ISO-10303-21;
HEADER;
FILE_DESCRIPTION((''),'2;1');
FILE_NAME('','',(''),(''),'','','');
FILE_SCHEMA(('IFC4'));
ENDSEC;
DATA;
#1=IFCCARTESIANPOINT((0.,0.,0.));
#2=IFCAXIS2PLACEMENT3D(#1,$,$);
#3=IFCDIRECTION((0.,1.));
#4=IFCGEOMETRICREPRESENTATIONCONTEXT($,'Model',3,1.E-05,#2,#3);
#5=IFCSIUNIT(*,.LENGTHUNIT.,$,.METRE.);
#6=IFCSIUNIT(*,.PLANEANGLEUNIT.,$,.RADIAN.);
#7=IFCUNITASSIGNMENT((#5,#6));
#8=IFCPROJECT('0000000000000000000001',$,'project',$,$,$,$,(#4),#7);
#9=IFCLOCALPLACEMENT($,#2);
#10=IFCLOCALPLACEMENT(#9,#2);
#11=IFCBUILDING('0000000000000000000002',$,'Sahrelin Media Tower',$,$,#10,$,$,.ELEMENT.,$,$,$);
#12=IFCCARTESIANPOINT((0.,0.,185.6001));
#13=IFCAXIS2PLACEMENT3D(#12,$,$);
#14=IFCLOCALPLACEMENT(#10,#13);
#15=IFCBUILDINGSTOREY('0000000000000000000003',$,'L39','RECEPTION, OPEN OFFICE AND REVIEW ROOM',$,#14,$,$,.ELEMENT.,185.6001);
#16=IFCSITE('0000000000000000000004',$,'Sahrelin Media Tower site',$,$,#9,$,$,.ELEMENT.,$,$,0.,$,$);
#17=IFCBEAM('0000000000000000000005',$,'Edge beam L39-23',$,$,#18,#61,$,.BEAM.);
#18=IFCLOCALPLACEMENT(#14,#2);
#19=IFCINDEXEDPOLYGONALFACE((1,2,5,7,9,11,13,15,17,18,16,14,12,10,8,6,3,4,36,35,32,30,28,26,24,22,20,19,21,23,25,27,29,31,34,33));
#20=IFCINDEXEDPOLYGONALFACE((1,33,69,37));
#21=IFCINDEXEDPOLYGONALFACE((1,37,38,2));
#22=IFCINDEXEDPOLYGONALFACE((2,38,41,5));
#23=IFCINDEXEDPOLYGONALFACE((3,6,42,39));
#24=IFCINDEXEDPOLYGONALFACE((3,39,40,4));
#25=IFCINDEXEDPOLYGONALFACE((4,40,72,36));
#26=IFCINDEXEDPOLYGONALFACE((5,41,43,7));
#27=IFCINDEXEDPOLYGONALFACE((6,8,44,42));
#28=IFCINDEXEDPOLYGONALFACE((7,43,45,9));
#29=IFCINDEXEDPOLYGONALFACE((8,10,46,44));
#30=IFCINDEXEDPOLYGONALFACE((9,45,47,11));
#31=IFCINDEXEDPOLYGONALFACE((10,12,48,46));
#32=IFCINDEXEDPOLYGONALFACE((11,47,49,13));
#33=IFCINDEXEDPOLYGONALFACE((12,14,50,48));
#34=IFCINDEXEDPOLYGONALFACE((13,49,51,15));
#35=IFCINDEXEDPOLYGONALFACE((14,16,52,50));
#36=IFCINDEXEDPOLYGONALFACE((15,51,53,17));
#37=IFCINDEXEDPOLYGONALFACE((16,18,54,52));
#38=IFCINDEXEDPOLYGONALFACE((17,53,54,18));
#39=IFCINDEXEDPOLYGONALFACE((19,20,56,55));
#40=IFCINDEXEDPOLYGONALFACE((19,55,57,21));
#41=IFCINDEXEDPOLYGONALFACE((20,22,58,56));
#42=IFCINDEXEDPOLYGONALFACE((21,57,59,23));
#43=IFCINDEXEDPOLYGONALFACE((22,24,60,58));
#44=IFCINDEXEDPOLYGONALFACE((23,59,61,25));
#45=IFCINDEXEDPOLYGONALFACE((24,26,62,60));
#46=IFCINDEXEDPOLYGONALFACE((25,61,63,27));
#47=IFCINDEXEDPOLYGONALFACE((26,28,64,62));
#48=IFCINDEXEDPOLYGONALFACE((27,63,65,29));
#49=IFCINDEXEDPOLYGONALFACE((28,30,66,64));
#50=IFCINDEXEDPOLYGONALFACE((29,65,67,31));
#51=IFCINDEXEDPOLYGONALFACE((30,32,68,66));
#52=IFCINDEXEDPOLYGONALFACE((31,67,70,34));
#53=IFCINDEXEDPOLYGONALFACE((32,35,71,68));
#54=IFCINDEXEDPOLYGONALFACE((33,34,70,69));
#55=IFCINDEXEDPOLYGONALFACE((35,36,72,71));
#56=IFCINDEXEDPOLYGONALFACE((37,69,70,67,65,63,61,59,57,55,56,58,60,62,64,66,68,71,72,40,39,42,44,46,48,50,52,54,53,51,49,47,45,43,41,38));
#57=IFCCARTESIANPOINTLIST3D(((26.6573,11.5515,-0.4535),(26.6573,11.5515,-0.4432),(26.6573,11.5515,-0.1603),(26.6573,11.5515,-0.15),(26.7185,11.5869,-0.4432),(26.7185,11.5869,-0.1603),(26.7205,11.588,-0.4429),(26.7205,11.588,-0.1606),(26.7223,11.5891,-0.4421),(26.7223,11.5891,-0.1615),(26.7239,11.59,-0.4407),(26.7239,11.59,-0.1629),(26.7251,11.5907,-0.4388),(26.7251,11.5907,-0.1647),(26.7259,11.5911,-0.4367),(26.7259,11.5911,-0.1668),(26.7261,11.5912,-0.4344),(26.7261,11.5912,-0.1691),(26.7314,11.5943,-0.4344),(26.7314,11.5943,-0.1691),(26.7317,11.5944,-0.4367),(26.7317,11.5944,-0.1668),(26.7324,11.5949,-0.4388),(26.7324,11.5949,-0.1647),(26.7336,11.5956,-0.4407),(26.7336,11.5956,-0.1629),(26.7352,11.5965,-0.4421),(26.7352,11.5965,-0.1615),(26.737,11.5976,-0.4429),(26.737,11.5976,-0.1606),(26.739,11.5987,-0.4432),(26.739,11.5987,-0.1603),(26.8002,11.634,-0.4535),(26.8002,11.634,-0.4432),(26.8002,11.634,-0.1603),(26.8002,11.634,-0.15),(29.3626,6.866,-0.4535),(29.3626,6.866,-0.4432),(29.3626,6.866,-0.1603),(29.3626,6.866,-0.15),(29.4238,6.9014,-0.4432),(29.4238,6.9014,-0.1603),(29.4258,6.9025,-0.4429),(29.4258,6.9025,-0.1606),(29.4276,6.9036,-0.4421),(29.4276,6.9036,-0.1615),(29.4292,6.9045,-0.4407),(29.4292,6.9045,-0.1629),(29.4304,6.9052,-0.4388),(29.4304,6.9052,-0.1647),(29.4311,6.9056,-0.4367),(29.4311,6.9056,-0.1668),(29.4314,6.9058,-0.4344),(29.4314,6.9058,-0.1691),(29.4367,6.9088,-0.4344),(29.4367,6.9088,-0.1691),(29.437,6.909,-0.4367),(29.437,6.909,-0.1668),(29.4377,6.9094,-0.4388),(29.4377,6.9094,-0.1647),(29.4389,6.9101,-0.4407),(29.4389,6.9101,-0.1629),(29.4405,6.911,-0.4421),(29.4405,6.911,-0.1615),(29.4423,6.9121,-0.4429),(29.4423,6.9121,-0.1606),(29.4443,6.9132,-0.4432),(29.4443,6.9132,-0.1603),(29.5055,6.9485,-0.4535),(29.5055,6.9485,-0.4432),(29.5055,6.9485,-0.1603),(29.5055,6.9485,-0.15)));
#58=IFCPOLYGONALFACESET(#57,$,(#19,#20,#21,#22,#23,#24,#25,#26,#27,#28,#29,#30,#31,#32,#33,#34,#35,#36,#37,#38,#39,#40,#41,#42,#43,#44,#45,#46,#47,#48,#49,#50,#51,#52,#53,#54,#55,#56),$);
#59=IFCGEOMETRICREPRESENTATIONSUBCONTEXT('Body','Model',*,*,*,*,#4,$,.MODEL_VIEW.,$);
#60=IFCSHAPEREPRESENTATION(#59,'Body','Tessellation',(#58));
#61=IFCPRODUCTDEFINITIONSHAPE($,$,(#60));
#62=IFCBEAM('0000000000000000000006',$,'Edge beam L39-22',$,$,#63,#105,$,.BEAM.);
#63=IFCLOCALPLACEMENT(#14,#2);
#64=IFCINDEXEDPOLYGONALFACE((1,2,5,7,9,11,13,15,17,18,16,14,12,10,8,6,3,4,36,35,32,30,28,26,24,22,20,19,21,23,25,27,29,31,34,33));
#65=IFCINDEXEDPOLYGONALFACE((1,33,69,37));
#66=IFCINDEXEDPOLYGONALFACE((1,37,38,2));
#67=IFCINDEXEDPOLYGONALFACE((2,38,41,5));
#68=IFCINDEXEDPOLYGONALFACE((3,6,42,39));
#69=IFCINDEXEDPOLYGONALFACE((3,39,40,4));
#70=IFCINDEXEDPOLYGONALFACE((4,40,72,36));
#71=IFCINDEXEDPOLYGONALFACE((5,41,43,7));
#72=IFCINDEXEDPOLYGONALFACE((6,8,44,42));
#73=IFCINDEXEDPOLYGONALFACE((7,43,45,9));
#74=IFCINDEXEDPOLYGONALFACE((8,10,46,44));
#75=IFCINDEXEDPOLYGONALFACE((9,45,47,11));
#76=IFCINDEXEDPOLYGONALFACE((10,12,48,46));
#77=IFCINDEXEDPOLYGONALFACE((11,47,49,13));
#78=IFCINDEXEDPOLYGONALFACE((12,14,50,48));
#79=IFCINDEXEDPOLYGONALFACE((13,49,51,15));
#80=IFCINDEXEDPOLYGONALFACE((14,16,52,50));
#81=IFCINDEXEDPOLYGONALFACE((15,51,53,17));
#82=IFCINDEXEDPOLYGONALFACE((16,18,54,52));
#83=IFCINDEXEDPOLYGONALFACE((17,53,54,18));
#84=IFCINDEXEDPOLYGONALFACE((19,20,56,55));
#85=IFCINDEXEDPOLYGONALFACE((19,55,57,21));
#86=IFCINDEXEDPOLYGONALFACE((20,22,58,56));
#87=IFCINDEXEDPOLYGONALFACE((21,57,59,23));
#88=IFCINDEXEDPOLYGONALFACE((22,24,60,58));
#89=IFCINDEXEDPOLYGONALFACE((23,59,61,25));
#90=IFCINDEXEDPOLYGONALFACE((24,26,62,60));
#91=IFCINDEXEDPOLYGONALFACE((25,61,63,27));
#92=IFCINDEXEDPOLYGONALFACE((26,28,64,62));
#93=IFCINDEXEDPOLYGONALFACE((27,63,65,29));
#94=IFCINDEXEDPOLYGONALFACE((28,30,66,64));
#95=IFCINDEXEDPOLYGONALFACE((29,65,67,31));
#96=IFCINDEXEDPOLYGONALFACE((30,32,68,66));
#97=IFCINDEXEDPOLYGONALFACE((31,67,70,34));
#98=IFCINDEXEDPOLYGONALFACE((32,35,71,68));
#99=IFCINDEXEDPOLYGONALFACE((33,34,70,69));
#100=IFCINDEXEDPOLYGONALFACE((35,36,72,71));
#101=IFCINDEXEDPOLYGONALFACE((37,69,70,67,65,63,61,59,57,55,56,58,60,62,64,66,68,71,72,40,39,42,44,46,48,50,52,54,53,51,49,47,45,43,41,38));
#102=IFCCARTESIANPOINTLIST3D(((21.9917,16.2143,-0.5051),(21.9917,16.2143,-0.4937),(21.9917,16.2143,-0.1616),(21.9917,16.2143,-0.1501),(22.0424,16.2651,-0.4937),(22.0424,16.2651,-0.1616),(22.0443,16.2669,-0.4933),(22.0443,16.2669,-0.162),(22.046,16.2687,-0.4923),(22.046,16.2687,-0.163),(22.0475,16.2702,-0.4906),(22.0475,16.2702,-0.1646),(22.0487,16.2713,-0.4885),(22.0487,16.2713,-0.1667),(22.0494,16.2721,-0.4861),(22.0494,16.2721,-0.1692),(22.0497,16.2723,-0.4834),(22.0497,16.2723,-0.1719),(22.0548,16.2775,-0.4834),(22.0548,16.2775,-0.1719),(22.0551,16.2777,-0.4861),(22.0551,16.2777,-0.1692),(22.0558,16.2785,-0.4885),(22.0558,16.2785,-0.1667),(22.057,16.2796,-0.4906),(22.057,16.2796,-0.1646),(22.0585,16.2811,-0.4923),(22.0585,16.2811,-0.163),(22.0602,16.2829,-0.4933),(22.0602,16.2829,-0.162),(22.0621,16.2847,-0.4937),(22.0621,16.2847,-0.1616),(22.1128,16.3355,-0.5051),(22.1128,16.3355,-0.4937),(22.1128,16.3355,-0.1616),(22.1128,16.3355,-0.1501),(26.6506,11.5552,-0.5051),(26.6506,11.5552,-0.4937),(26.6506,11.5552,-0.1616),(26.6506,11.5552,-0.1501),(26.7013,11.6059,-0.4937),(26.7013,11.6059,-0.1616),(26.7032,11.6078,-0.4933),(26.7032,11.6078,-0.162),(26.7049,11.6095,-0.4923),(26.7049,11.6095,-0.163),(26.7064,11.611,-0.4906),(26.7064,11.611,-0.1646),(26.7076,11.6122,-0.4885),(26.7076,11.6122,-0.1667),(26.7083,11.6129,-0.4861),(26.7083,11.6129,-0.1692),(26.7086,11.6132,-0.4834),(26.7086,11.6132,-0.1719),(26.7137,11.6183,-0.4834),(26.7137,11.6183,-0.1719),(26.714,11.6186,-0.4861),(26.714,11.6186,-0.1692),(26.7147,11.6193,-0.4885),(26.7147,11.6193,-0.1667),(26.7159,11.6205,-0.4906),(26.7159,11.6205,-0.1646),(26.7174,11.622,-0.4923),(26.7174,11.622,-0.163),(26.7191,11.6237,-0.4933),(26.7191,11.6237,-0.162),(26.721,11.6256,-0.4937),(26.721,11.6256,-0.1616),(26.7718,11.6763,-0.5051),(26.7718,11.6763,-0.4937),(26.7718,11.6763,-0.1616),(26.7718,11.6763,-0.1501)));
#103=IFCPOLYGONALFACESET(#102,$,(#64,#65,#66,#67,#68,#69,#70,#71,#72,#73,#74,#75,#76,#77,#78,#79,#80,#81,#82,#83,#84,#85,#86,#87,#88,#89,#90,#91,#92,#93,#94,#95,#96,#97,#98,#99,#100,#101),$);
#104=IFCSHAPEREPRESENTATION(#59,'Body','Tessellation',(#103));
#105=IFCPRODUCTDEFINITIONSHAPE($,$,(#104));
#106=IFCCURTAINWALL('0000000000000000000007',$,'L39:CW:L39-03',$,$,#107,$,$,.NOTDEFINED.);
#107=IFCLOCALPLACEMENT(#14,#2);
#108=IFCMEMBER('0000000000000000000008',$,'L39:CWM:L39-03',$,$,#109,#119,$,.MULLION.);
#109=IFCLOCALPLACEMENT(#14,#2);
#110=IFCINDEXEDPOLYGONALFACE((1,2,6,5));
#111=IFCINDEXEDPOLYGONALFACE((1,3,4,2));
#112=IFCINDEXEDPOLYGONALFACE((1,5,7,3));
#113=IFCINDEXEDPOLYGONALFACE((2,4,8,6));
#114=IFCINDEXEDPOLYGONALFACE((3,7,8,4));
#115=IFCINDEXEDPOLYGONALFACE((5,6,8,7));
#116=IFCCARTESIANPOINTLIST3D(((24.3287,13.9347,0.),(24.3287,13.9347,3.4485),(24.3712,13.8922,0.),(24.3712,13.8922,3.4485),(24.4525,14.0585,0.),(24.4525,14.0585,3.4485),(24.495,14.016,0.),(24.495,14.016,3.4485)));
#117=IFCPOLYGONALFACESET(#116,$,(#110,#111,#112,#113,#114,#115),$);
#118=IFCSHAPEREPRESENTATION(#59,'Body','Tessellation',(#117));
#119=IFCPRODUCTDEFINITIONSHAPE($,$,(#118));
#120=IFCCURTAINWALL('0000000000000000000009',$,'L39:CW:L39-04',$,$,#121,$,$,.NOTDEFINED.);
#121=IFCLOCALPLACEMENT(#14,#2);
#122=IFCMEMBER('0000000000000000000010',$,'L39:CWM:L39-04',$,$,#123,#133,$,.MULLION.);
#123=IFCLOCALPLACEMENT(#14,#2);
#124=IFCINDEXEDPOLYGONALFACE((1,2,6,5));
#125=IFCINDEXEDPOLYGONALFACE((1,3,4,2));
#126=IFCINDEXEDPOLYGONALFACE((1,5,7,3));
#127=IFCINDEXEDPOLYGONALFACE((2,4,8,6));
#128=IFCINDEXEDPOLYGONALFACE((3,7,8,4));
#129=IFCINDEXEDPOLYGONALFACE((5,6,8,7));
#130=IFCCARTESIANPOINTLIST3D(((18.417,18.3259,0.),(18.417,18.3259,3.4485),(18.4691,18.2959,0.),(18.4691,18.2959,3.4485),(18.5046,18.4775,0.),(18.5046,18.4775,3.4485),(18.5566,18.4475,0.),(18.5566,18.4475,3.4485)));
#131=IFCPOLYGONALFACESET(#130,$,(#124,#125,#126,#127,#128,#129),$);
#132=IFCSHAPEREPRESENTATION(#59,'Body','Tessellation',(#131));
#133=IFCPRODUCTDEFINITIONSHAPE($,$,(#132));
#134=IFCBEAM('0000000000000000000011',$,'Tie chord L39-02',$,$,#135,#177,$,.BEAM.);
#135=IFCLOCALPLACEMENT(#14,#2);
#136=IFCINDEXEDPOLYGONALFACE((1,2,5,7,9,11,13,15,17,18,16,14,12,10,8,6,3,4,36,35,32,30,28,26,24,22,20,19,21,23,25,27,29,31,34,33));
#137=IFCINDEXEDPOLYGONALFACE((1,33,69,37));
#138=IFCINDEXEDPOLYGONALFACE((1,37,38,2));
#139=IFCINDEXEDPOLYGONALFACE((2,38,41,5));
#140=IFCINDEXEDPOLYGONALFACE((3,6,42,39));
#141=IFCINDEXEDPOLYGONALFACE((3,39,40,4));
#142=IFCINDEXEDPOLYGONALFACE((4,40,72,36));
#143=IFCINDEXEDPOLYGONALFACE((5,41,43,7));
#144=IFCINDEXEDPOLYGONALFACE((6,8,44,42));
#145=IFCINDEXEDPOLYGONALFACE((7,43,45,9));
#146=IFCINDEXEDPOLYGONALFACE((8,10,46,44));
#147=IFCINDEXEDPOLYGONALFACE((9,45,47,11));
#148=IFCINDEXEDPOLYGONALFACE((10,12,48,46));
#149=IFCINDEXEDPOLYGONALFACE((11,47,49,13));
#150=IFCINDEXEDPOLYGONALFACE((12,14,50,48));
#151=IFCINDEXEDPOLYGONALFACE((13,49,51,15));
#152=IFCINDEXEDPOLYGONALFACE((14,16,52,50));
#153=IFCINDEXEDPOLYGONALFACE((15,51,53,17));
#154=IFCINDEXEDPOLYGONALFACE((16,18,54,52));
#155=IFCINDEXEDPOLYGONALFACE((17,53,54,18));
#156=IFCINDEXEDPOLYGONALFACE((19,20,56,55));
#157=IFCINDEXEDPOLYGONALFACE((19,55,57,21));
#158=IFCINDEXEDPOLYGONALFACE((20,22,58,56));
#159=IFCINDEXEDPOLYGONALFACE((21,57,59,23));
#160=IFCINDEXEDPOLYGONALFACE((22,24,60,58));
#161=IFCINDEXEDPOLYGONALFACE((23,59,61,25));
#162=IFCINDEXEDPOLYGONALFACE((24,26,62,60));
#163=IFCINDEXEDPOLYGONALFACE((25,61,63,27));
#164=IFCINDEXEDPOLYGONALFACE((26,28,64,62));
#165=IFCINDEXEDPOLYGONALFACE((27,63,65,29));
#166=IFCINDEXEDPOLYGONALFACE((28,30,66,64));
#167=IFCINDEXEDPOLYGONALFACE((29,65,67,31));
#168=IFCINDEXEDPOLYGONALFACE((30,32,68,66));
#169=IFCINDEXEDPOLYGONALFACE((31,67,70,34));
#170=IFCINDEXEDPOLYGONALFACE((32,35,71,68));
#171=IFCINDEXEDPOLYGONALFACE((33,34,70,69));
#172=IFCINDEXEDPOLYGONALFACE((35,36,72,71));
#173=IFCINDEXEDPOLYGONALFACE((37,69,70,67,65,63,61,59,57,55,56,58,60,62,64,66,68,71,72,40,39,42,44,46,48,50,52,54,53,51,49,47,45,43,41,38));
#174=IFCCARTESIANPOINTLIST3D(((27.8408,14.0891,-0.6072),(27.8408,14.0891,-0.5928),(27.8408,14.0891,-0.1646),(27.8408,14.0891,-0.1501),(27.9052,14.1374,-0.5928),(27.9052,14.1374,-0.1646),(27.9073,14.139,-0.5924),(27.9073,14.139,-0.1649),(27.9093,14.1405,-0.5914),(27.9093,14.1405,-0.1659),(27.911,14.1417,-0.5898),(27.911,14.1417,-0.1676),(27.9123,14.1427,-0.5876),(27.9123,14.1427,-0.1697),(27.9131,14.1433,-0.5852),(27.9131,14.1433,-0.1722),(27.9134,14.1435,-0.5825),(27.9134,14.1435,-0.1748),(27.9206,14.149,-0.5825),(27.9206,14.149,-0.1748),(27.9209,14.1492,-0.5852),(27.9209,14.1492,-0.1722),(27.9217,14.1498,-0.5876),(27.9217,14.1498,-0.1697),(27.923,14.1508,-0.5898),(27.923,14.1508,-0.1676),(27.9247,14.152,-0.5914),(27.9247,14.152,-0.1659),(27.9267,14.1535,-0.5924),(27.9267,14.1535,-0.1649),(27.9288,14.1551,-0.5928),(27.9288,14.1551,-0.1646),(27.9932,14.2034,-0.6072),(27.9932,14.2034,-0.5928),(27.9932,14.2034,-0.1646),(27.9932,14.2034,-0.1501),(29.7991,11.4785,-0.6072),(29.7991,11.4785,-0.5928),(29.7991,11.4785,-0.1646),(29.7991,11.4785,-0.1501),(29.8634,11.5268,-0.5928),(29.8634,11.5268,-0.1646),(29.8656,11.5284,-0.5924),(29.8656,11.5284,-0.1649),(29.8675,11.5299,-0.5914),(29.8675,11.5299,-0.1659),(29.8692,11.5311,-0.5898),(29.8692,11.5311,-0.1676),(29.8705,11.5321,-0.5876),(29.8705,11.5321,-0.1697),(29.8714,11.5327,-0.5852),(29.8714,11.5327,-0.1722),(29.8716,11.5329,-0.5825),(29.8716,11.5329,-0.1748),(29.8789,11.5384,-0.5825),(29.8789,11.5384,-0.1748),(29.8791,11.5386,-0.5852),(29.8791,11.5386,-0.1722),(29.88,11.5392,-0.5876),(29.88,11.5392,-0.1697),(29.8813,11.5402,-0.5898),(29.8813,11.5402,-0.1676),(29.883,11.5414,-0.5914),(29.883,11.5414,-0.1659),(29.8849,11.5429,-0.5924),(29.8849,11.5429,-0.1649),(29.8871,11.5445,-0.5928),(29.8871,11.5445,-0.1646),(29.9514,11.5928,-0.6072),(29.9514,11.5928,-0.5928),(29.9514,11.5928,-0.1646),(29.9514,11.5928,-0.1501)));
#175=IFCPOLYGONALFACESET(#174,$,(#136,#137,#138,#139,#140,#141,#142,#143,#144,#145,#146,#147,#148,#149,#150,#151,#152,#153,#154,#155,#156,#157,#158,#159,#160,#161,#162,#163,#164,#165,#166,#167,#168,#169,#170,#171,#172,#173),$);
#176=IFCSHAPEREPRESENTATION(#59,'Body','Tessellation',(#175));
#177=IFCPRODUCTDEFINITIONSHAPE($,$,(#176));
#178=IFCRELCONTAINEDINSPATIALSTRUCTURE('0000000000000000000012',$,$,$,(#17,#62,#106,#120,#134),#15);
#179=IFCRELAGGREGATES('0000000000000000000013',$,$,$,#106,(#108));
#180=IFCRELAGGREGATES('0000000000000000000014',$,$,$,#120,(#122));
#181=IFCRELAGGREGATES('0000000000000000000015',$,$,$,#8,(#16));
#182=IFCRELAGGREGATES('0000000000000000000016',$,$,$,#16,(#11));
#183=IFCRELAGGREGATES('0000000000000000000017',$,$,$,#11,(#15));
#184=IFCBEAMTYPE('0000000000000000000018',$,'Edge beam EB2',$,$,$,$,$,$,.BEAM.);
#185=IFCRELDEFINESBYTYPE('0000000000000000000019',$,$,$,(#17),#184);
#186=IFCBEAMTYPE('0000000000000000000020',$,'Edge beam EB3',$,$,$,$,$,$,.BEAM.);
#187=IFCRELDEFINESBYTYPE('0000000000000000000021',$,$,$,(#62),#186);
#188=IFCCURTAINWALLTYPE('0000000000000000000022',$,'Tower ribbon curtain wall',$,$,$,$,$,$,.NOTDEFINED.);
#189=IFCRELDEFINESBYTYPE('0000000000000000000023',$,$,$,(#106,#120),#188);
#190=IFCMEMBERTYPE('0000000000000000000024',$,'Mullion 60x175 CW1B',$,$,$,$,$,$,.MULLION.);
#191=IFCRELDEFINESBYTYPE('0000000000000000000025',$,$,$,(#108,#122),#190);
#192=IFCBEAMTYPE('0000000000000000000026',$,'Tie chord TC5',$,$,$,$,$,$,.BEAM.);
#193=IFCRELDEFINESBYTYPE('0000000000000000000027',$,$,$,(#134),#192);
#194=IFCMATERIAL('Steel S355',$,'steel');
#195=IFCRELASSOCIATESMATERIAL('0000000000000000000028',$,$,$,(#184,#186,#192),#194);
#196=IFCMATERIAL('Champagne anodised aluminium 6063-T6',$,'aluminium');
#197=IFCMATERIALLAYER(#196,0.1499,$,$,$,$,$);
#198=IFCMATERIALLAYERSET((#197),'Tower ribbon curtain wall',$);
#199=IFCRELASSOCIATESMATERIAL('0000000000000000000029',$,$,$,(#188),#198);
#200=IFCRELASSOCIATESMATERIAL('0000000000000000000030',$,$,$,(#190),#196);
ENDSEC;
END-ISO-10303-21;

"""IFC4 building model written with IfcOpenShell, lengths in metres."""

from ifc_helpers import new_model, si_unit, direction, frame, origin, origin_2d, place, context, subcontext, project, spatial, rectangle, i_section, extrude, material, layer, layer_set, material_profile, profile_set, type_object, element, aggregate, save


model = new_model("IFC4")

# Units and contexts
model_context = context("Model", 3, precision=1e-05, world=origin(), true_north=direction((0.0, 1.0)))
body_context = subcontext(model_context, "Body", "Model", "MODEL_VIEW")
ifc_project = project(units=[si_unit("LENGTHUNIT", "METRE"), si_unit("PLANEANGLEUNIT", "RADIAN")], contexts=[model_context])

# Site, building, storey
site_placement = place(None, origin())
site = spatial("IfcSite", under=ifc_project, at=site_placement, Name="Sahrelin Media Tower site", CompositionType="ELEMENT", RefElevation=0.0)
building_placement = place(site_placement, origin())
building = spatial("IfcBuilding", under=site, at=building_placement, Name="Sahrelin Media Tower", CompositionType="ELEMENT")
storey_placement = place(building_placement, frame((0.0, 0.0, 185.6001)))
storey = spatial("IfcBuildingStorey", under=building, at=storey_placement, Name="L39", Description="RECEPTION, OPEN OFFICE AND REVIEW ROOM", CompositionType="ELEMENT", Elevation=185.6001)

# Beams
ifc_material_1 = material(Name="Steel S355", Category="steel")
ifc_material_profile_1 = material_profile(ifc_material_1, i_section(OverallWidth=0.165, OverallDepth=0.3035, WebThickness=0.0061, FlangeThickness=0.0103, FilletRadius=0.0088, at=origin_2d()), Name="UB 305x165x40")
ifc_profile_set_1 = profile_set([ifc_material_profile_1], Name="Steel S355")
beam_type_1 = type_object("IfcBeamType", Name="Edge beam EB2", PredefinedType="BEAM", material=ifc_profile_set_1)
beam_1_placement = place(storey_placement, frame((26.7288, 11.5928, -0.3018), z_axis=(0.500017, -0.866016, 0.0), x_axis=(0.866016, 0.500017, 0.0)))
element("IfcBeam", 1, at=beam_1_placement, inside=storey, type_object=beam_type_1, Name="Edge beam L39-23", PredefinedType="BEAM", context=body_context, shape_type="SweptSolid", body=[
    extrude(i_section(OverallWidth=0.165, OverallDepth=0.3035, WebThickness=0.0061, FlangeThickness=0.0103, FilletRadius=0.0088, at=origin_2d()), origin(), (0.0, 0.0, 1.0), 5.4104),
])
ifc_material_profile_2 = material_profile(ifc_material_1, i_section(OverallWidth=0.1714, OverallDepth=0.355, WebThickness=0.0073, FlangeThickness=0.0115, FilletRadius=0.0103, at=origin_2d()), Name="UB 356x171x51")
ifc_profile_set_2 = profile_set([ifc_material_profile_2], Name="Steel S355")
beam_type_2 = type_object("IfcBeamType", Name="Edge beam EB3", PredefinedType="BEAM", material=ifc_profile_set_2)
beam_2_placement = place(storey_placement, frame((22.0522, 16.2749, -0.3276), z_axis=(0.707088, -0.707125, 0.0), x_axis=(0.707125, 0.707088, 0.0)))
element("IfcBeam", 2, at=beam_2_placement, inside=storey, type_object=beam_type_2, Name="Edge beam L39-22", PredefinedType="BEAM", context=body_context, shape_type="SweptSolid", body=[
    extrude(i_section(OverallWidth=0.1714, OverallDepth=0.355, WebThickness=0.0073, FlangeThickness=0.0115, FilletRadius=0.0103, at=origin_2d()), origin(), (0.0, 0.0, 1.0), 6.5889),
])

# Curtain walls, members
ifc_material_2 = material(Name="Champagne anodised aluminium 6063-T6", Category="aluminium")
ifc_layer_1 = layer(ifc_material_2, 0.1499)
ifc_layer_set_1 = layer_set([ifc_layer_1], Name="Tower ribbon curtain wall")
curtain_wall_type = type_object("IfcCurtainWallType", Name="Tower ribbon curtain wall", PredefinedType="NOTDEFINED", material=ifc_layer_set_1)
curtain_wall_1_placement = place(storey_placement, frame((24.4878, 14.0513, 0.0), z_axis=(0.0, 0.0, 1.0), x_axis=(1.0, 0.0, 0.0)))
curtain_wall_1 = element("IfcCurtainWall", 3, at=curtain_wall_1_placement, inside=storey, type_object=curtain_wall_type, Name="L39:CW:L39-03", PredefinedType="NOTDEFINED")
ifc_material_profile_3 = material_profile(ifc_material_2, rectangle(XDim=0.0601, YDim=0.175, at=origin_2d()), Name="Mullion 60x175")
ifc_profile_set_3 = profile_set([ifc_material_profile_3], Name="Champagne anodised aluminium 6063-T6")
member_type_1 = type_object("IfcMemberType", Name="Mullion 60x175 CW1B", PredefinedType="MULLION", material=ifc_profile_set_3)
member_1_placement = place(storey_placement, frame((24.4119, 13.9753, 0.0), z_axis=(0.0, 0.0, 1.0), x_axis=(-0.707107, 0.707107, 0.0)))
member_1 = element("IfcMember", 4, at=member_1_placement, type_object=member_type_1, Name="L39:CWM:L39-03", PredefinedType="MULLION", context=body_context, shape_type="SweptSolid", body=[
    extrude(rectangle(XDim=0.0601, YDim=0.175, at=origin_2d()), origin(), (0.0, 0.0, 1.0), 3.4485),
])
curtain_wall_2_placement = place(storey_placement, frame((18.5405, 18.48, 0.0), z_axis=(0.0, 0.0, 1.0), x_axis=(1.0, 0.0, 0.0)))
curtain_wall_2 = element("IfcCurtainWall", 5, at=curtain_wall_2_placement, inside=storey, type_object=curtain_wall_type, Name="L39:CW:L39-04", PredefinedType="NOTDEFINED")
member_2_placement = place(storey_placement, frame((18.4868, 18.3867, 0.0), z_axis=(0.0, 0.0, 1.0), x_axis=(-0.866024, 0.500003, 0.0)))
member_2 = element("IfcMember", 6, at=member_2_placement, type_object=member_type_1, Name="L39:CWM:L39-04", PredefinedType="MULLION", context=body_context, shape_type="SweptSolid", body=[
    extrude(rectangle(XDim=0.0601, YDim=0.175, at=origin_2d()), origin(), (0.0, 0.0, 1.0), 3.4485),
])

# Beam
ifc_material_profile_4 = material_profile(ifc_material_1, i_section(OverallWidth=0.1904, OverallDepth=0.457, WebThickness=0.009, FlangeThickness=0.0144, FilletRadius=0.0103, at=origin_2d()), Name="UB 457x191x74")
ifc_profile_set_4 = profile_set([ifc_material_profile_4], Name="Steel S355")
beam_type_3 = type_object("IfcBeamType", Name="Tie chord TC5", PredefinedType="BEAM", material=ifc_profile_set_4)
beam_3_placement = place(storey_placement, frame((29.8752, 11.5356, -0.3787), z_axis=(-0.60006, 0.799955, 0.0), x_axis=(-0.799955, -0.60006, 0.0)))
element("IfcBeam", 7, at=beam_3_placement, inside=storey, type_object=beam_type_3, Name="Tie chord L39-02", PredefinedType="BEAM", context=body_context, shape_type="SweptSolid", body=[
    extrude(i_section(OverallWidth=0.1904, OverallDepth=0.457, WebThickness=0.009, FlangeThickness=0.0144, FilletRadius=0.0103, at=origin_2d()), origin(), (0.0, 0.0, 1.0), 3.2634),
])

aggregate(curtain_wall_1, [member_1])
aggregate(curtain_wall_2, [member_2])

save(model, "model.ifc")
